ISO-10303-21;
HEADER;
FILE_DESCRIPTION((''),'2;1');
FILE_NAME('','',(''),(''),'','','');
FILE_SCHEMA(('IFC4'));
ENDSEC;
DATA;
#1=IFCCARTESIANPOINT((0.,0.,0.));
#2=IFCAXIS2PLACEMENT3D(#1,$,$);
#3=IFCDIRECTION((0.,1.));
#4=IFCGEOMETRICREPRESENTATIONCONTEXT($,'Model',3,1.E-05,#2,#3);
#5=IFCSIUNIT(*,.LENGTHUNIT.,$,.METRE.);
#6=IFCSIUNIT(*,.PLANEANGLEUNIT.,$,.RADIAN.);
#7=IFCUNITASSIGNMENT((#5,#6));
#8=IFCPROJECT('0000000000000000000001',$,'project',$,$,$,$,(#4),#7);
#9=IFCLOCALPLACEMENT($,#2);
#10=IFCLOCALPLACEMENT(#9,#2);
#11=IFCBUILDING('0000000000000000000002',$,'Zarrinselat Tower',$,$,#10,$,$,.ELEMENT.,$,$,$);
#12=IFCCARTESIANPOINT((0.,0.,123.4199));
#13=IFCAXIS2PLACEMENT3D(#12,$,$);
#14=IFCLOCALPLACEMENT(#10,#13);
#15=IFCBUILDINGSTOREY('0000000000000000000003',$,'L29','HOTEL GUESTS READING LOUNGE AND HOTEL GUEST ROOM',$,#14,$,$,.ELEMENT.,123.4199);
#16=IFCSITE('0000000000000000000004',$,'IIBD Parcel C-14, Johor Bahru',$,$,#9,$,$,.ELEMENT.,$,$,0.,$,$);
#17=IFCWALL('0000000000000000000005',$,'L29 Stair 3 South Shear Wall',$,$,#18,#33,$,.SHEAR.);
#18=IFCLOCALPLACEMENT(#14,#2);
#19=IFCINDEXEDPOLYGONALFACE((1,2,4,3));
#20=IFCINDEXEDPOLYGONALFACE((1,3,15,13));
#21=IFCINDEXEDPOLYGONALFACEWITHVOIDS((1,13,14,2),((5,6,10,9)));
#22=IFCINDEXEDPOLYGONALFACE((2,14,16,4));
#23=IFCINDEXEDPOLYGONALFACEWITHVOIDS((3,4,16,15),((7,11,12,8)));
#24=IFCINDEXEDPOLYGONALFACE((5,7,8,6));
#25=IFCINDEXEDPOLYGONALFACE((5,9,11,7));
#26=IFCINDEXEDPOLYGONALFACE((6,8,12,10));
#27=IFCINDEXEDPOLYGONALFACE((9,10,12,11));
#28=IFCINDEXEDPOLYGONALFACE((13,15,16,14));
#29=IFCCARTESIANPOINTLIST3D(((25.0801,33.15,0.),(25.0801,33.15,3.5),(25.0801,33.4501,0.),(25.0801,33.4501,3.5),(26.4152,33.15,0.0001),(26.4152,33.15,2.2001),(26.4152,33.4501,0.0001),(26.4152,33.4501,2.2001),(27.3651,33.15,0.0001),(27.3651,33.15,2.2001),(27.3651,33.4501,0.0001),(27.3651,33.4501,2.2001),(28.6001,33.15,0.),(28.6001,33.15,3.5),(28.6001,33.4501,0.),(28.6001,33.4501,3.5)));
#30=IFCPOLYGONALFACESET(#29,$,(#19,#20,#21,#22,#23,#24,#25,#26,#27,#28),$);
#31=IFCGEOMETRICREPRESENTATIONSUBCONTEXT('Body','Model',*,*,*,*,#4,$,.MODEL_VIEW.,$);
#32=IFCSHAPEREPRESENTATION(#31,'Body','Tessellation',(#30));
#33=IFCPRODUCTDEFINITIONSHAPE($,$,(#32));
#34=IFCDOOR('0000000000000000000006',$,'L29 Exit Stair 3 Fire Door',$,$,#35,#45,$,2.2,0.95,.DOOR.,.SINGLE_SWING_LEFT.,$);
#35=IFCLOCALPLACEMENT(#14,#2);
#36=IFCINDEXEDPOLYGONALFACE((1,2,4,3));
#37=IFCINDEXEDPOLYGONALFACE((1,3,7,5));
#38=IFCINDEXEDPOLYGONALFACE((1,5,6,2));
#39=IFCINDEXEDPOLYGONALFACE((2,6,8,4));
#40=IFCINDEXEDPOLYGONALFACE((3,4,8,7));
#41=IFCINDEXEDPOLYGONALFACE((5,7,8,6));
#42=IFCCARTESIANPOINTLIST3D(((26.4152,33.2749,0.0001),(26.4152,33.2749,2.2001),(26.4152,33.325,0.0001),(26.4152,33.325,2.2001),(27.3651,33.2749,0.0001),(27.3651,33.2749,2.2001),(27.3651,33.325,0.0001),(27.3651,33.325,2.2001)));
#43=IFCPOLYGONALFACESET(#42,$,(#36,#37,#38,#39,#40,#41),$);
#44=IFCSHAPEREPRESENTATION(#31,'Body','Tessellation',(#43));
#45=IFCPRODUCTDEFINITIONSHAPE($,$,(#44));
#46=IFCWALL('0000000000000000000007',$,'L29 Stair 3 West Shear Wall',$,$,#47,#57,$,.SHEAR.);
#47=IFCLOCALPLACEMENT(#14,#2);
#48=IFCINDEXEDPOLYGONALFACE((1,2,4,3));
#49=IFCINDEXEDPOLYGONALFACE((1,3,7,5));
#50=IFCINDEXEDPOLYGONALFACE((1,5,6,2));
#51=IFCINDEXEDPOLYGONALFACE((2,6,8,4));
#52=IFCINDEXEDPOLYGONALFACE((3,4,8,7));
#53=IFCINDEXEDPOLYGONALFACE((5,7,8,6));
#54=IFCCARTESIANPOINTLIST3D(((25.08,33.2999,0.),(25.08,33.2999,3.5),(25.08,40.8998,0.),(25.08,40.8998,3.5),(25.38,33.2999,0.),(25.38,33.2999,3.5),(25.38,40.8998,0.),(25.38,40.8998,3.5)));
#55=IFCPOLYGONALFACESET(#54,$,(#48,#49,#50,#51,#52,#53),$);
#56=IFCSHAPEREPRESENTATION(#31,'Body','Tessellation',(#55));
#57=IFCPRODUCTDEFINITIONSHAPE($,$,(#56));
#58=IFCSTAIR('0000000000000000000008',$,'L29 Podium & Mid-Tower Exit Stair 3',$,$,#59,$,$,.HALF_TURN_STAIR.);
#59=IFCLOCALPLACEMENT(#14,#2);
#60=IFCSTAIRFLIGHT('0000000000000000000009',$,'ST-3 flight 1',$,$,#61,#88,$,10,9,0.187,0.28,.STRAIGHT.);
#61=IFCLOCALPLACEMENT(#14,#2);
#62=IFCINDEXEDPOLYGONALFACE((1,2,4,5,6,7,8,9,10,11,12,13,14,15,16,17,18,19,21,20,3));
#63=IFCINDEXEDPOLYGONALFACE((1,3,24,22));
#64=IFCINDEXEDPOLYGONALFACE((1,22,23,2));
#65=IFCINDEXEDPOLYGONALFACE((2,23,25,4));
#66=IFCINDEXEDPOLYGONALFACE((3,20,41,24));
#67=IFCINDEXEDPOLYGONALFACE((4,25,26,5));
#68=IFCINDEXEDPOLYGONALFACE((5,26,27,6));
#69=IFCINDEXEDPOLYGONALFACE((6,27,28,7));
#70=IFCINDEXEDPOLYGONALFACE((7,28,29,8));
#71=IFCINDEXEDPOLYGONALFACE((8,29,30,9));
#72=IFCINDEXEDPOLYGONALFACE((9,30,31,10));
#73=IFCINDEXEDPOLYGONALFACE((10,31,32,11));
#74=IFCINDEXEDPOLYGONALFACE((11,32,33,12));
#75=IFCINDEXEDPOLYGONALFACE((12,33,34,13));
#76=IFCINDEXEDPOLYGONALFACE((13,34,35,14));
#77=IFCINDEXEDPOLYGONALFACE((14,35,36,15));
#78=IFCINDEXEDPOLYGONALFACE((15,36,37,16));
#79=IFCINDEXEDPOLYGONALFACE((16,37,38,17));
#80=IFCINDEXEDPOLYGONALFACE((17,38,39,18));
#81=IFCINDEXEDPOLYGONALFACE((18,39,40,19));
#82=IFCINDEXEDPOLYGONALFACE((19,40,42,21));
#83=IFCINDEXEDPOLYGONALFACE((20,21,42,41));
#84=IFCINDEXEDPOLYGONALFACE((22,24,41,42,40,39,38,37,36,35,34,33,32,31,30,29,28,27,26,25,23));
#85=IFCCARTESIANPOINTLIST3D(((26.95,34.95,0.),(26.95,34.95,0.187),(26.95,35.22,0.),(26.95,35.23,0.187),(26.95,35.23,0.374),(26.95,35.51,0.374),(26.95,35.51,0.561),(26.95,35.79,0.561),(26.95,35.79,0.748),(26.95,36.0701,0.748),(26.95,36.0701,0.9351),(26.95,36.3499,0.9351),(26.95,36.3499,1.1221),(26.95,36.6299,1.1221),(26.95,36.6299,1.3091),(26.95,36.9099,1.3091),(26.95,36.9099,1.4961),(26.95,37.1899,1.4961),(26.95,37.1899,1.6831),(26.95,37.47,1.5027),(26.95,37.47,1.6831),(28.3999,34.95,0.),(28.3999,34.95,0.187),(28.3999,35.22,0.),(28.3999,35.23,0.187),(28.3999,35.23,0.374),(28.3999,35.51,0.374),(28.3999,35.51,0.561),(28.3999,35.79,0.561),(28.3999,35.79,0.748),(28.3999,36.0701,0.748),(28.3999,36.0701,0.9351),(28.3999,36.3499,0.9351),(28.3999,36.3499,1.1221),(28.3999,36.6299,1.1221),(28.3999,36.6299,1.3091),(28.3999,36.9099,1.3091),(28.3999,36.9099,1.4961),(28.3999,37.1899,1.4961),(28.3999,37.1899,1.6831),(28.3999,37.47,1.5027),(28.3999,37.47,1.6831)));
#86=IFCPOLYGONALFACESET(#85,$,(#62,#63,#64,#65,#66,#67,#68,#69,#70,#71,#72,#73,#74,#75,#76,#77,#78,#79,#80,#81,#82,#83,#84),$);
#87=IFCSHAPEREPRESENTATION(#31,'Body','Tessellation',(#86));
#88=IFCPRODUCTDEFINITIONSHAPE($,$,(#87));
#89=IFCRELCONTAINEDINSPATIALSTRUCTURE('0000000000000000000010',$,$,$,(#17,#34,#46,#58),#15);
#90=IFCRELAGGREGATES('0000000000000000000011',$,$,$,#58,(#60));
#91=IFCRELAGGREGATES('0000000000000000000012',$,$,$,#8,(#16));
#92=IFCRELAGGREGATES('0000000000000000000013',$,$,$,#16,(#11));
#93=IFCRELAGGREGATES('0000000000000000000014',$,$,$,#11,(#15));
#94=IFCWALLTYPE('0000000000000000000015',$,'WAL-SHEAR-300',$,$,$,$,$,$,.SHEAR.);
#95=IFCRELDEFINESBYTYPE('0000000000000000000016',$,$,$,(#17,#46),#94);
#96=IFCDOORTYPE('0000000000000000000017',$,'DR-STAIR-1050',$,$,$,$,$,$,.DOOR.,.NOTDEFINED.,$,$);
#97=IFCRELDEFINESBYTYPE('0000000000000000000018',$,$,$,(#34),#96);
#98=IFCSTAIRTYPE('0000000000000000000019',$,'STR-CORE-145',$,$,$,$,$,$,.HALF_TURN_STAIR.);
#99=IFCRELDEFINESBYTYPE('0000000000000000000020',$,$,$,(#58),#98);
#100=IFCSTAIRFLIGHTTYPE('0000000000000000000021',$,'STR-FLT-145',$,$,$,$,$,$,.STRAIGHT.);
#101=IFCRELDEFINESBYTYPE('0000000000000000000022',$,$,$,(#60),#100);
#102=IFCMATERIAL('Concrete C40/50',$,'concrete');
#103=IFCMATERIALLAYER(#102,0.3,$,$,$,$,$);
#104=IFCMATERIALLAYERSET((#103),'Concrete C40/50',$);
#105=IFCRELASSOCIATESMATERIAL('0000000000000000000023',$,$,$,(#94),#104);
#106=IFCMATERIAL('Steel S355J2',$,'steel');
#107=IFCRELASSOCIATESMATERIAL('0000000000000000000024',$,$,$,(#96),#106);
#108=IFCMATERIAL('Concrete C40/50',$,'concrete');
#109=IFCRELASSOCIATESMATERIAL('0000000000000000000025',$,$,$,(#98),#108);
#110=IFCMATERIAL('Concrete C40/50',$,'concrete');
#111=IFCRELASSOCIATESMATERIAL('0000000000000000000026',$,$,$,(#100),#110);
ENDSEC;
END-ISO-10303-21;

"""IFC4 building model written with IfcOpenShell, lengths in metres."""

from ifc_helpers import new_model, si_unit, direction, frame, frame_2d, origin, place, context, subcontext, project, spatial, polyline, rectangle, outline, extrude, material, layer, layer_set, type_object, element, fill, aggregate, save


model = new_model("IFC4")

# Units and contexts
model_context = context("Model", 3, precision=1e-05, world=origin(), true_north=direction((0.0, 1.0)))
body_context = subcontext(model_context, "Body", "Model", "MODEL_VIEW")
ifc_project = project(units=[si_unit("LENGTHUNIT", "METRE"), si_unit("PLANEANGLEUNIT", "RADIAN")], contexts=[model_context])

# Site, building, storey
site_placement = place(None, origin())
site = spatial("IfcSite", under=ifc_project, at=site_placement, Name="IIBD Parcel C-14, Johor Bahru", CompositionType="ELEMENT", RefElevation=0.0)
building_placement = place(site_placement, origin())
building = spatial("IfcBuilding", under=site, at=building_placement, Name="Zarrinselat Tower", CompositionType="ELEMENT")
storey_placement = place(building_placement, frame((0.0, 0.0, 123.4199)))
storey = spatial("IfcBuildingStorey", under=building, at=storey_placement, Name="L29", Description="HOTEL GUESTS READING LOUNGE AND HOTEL GUEST ROOM", CompositionType="ELEMENT", Elevation=123.4199)

# Wall, opening, door
ifc_material_1 = material(Name="Concrete C40/50", Category="concrete")
ifc_layer_1 = layer(ifc_material_1, 0.3)
ifc_layer_set_1 = layer_set([ifc_layer_1], Name="Concrete C40/50")
wall_type_1 = type_object("IfcWallType", Name="WAL-SHEAR-300", PredefinedType="SHEAR", material=ifc_layer_set_1)
wall_1_placement = place(storey_placement, frame((25.0801, 33.3, 0.0), z_axis=(0.0, 0.0, 1.0), x_axis=(1.0, 0.0, 0.0)))
wall_1 = element("IfcWall", 1, at=wall_1_placement, inside=storey, type_object=wall_type_1, Name="L29 Stair 3 South Shear Wall", PredefinedType="SHEAR", context=body_context, shape_type="SweptSolid", body=[
    extrude(rectangle(XDim=3.52, YDim=0.3, at=frame_2d((1.76, 0.0))), origin(), (0.0, 0.0, 1.0), 3.5),
])
opening_placement = place(wall_1_placement, frame((1.335, 0.0, 0.0)))
opening = element("IfcOpeningElement", 2, at=opening_placement, cuts=wall_1, PredefinedType="OPENING", context=body_context, shape_type="SweptSolid", body=[
    extrude(rectangle(XDim=0.95, YDim=2.2, at=frame_2d((0.4751, 1.1001))), frame((0.0, 0.1599, 0.0), z_axis=(0.0, -1.0, 0.0), x_axis=(1.0, 0.0, 0.0)), (0.0, 0.0, 1.0), 0.3201),
])
ifc_material_2 = material(Name="Steel S355J2", Category="steel")
door_type = type_object("IfcDoorType", Name="DR-STAIR-1050", OperationType="NOTDEFINED", PredefinedType="DOOR", material=ifc_material_2)
door_placement = place(opening_placement, origin())
door = element("IfcDoor", 3, at=door_placement, inside=storey, type_object=door_type, Name="L29 Exit Stair 3 Fire Door", OperationType="SINGLE_SWING_LEFT", OverallHeight=2.2, OverallWidth=0.95, PredefinedType="DOOR", context=body_context, shape_type="SweptSolid", body=[
    extrude(rectangle(XDim=0.95, YDim=2.2, at=frame_2d((0.4751, 1.1001))), frame((0.0, 0.0249, 0.0), z_axis=(0.0, -1.0, 0.0), x_axis=(1.0, 0.0, 0.0)), (0.0, 0.0, 1.0), 0.05),
])
fill(opening, door)

# Wall
wall_2_placement = place(storey_placement, frame((25.23, 33.3, 0.0), z_axis=(0.0, 0.0, 1.0), x_axis=(0.0, 1.0, 0.0)))
element("IfcWall", 4, at=wall_2_placement, inside=storey, type_object=wall_type_1, Name="L29 Stair 3 West Shear Wall", PredefinedType="SHEAR", context=body_context, shape_type="SweptSolid", body=[
    extrude(rectangle(XDim=7.5999, YDim=0.3, at=frame_2d((3.7998, 0.0))), origin(), (0.0, 0.0, 1.0), 3.5),
])

# Stair, stair flight
ifc_material_3 = material(Name="Concrete C40/50", Category="concrete")
stair_type = type_object("IfcStairType", Name="STR-CORE-145", PredefinedType="HALF_TURN_STAIR", material=ifc_material_3)
stair_placement = place(storey_placement, origin())
stair = element("IfcStair", 5, at=stair_placement, inside=storey, type_object=stair_type, Name="L29 Podium & Mid-Tower Exit Stair 3", PredefinedType="HALF_TURN_STAIR")
ifc_material_4 = material(Name="Concrete C40/50", Category="concrete")
stair_flight_type = type_object("IfcStairFlightType", Name="STR-FLT-145", PredefinedType="STRAIGHT", material=ifc_material_4)
stair_flight_placement = place(storey_placement, frame((27.675, 34.95, 0.0), z_axis=(0.0, 0.0, 1.0), x_axis=(0.0, 1.0, 0.0)))
stair_flight = element("IfcStairFlight", 6, at=stair_flight_placement, type_object=stair_flight_type, Name="ST-3 flight 1", NumberOfRisers=10, NumberOfTreads=9, PredefinedType="STRAIGHT", RiserHeight=0.187, TreadLength=0.28, context=body_context, shape_type="SweptSolid", body=[
    extrude(outline(polyline([(0.0, 0.0), (0.0, 0.187), (0.28, 0.187), (0.28, 0.374), (0.5601, 0.374), (0.5601, 0.561), (0.8401, 0.561), (0.8401, 0.748), (1.1201, 0.748), (1.1201, 0.9351), (1.3999, 0.9351), (1.3999, 1.1221), (1.6799, 1.1221), (1.6799, 1.3091), (1.96, 1.3091), (1.96, 1.4961), (2.24, 1.4961), (2.24, 1.6831), (2.52, 1.6831), (2.52, 1.8701), (2.52, 1.5027), (0.27, 0.0), (0.0, 0.0)])), frame((0.0, 0.7251, 0.0), z_axis=(0.0, -1.0, 0.0), x_axis=(1.0, 0.0, 0.0)), (0.0, 0.0, 1.0), 1.45),
])
aggregate(stair, [stair_flight])

save(model, "model.ifc")
